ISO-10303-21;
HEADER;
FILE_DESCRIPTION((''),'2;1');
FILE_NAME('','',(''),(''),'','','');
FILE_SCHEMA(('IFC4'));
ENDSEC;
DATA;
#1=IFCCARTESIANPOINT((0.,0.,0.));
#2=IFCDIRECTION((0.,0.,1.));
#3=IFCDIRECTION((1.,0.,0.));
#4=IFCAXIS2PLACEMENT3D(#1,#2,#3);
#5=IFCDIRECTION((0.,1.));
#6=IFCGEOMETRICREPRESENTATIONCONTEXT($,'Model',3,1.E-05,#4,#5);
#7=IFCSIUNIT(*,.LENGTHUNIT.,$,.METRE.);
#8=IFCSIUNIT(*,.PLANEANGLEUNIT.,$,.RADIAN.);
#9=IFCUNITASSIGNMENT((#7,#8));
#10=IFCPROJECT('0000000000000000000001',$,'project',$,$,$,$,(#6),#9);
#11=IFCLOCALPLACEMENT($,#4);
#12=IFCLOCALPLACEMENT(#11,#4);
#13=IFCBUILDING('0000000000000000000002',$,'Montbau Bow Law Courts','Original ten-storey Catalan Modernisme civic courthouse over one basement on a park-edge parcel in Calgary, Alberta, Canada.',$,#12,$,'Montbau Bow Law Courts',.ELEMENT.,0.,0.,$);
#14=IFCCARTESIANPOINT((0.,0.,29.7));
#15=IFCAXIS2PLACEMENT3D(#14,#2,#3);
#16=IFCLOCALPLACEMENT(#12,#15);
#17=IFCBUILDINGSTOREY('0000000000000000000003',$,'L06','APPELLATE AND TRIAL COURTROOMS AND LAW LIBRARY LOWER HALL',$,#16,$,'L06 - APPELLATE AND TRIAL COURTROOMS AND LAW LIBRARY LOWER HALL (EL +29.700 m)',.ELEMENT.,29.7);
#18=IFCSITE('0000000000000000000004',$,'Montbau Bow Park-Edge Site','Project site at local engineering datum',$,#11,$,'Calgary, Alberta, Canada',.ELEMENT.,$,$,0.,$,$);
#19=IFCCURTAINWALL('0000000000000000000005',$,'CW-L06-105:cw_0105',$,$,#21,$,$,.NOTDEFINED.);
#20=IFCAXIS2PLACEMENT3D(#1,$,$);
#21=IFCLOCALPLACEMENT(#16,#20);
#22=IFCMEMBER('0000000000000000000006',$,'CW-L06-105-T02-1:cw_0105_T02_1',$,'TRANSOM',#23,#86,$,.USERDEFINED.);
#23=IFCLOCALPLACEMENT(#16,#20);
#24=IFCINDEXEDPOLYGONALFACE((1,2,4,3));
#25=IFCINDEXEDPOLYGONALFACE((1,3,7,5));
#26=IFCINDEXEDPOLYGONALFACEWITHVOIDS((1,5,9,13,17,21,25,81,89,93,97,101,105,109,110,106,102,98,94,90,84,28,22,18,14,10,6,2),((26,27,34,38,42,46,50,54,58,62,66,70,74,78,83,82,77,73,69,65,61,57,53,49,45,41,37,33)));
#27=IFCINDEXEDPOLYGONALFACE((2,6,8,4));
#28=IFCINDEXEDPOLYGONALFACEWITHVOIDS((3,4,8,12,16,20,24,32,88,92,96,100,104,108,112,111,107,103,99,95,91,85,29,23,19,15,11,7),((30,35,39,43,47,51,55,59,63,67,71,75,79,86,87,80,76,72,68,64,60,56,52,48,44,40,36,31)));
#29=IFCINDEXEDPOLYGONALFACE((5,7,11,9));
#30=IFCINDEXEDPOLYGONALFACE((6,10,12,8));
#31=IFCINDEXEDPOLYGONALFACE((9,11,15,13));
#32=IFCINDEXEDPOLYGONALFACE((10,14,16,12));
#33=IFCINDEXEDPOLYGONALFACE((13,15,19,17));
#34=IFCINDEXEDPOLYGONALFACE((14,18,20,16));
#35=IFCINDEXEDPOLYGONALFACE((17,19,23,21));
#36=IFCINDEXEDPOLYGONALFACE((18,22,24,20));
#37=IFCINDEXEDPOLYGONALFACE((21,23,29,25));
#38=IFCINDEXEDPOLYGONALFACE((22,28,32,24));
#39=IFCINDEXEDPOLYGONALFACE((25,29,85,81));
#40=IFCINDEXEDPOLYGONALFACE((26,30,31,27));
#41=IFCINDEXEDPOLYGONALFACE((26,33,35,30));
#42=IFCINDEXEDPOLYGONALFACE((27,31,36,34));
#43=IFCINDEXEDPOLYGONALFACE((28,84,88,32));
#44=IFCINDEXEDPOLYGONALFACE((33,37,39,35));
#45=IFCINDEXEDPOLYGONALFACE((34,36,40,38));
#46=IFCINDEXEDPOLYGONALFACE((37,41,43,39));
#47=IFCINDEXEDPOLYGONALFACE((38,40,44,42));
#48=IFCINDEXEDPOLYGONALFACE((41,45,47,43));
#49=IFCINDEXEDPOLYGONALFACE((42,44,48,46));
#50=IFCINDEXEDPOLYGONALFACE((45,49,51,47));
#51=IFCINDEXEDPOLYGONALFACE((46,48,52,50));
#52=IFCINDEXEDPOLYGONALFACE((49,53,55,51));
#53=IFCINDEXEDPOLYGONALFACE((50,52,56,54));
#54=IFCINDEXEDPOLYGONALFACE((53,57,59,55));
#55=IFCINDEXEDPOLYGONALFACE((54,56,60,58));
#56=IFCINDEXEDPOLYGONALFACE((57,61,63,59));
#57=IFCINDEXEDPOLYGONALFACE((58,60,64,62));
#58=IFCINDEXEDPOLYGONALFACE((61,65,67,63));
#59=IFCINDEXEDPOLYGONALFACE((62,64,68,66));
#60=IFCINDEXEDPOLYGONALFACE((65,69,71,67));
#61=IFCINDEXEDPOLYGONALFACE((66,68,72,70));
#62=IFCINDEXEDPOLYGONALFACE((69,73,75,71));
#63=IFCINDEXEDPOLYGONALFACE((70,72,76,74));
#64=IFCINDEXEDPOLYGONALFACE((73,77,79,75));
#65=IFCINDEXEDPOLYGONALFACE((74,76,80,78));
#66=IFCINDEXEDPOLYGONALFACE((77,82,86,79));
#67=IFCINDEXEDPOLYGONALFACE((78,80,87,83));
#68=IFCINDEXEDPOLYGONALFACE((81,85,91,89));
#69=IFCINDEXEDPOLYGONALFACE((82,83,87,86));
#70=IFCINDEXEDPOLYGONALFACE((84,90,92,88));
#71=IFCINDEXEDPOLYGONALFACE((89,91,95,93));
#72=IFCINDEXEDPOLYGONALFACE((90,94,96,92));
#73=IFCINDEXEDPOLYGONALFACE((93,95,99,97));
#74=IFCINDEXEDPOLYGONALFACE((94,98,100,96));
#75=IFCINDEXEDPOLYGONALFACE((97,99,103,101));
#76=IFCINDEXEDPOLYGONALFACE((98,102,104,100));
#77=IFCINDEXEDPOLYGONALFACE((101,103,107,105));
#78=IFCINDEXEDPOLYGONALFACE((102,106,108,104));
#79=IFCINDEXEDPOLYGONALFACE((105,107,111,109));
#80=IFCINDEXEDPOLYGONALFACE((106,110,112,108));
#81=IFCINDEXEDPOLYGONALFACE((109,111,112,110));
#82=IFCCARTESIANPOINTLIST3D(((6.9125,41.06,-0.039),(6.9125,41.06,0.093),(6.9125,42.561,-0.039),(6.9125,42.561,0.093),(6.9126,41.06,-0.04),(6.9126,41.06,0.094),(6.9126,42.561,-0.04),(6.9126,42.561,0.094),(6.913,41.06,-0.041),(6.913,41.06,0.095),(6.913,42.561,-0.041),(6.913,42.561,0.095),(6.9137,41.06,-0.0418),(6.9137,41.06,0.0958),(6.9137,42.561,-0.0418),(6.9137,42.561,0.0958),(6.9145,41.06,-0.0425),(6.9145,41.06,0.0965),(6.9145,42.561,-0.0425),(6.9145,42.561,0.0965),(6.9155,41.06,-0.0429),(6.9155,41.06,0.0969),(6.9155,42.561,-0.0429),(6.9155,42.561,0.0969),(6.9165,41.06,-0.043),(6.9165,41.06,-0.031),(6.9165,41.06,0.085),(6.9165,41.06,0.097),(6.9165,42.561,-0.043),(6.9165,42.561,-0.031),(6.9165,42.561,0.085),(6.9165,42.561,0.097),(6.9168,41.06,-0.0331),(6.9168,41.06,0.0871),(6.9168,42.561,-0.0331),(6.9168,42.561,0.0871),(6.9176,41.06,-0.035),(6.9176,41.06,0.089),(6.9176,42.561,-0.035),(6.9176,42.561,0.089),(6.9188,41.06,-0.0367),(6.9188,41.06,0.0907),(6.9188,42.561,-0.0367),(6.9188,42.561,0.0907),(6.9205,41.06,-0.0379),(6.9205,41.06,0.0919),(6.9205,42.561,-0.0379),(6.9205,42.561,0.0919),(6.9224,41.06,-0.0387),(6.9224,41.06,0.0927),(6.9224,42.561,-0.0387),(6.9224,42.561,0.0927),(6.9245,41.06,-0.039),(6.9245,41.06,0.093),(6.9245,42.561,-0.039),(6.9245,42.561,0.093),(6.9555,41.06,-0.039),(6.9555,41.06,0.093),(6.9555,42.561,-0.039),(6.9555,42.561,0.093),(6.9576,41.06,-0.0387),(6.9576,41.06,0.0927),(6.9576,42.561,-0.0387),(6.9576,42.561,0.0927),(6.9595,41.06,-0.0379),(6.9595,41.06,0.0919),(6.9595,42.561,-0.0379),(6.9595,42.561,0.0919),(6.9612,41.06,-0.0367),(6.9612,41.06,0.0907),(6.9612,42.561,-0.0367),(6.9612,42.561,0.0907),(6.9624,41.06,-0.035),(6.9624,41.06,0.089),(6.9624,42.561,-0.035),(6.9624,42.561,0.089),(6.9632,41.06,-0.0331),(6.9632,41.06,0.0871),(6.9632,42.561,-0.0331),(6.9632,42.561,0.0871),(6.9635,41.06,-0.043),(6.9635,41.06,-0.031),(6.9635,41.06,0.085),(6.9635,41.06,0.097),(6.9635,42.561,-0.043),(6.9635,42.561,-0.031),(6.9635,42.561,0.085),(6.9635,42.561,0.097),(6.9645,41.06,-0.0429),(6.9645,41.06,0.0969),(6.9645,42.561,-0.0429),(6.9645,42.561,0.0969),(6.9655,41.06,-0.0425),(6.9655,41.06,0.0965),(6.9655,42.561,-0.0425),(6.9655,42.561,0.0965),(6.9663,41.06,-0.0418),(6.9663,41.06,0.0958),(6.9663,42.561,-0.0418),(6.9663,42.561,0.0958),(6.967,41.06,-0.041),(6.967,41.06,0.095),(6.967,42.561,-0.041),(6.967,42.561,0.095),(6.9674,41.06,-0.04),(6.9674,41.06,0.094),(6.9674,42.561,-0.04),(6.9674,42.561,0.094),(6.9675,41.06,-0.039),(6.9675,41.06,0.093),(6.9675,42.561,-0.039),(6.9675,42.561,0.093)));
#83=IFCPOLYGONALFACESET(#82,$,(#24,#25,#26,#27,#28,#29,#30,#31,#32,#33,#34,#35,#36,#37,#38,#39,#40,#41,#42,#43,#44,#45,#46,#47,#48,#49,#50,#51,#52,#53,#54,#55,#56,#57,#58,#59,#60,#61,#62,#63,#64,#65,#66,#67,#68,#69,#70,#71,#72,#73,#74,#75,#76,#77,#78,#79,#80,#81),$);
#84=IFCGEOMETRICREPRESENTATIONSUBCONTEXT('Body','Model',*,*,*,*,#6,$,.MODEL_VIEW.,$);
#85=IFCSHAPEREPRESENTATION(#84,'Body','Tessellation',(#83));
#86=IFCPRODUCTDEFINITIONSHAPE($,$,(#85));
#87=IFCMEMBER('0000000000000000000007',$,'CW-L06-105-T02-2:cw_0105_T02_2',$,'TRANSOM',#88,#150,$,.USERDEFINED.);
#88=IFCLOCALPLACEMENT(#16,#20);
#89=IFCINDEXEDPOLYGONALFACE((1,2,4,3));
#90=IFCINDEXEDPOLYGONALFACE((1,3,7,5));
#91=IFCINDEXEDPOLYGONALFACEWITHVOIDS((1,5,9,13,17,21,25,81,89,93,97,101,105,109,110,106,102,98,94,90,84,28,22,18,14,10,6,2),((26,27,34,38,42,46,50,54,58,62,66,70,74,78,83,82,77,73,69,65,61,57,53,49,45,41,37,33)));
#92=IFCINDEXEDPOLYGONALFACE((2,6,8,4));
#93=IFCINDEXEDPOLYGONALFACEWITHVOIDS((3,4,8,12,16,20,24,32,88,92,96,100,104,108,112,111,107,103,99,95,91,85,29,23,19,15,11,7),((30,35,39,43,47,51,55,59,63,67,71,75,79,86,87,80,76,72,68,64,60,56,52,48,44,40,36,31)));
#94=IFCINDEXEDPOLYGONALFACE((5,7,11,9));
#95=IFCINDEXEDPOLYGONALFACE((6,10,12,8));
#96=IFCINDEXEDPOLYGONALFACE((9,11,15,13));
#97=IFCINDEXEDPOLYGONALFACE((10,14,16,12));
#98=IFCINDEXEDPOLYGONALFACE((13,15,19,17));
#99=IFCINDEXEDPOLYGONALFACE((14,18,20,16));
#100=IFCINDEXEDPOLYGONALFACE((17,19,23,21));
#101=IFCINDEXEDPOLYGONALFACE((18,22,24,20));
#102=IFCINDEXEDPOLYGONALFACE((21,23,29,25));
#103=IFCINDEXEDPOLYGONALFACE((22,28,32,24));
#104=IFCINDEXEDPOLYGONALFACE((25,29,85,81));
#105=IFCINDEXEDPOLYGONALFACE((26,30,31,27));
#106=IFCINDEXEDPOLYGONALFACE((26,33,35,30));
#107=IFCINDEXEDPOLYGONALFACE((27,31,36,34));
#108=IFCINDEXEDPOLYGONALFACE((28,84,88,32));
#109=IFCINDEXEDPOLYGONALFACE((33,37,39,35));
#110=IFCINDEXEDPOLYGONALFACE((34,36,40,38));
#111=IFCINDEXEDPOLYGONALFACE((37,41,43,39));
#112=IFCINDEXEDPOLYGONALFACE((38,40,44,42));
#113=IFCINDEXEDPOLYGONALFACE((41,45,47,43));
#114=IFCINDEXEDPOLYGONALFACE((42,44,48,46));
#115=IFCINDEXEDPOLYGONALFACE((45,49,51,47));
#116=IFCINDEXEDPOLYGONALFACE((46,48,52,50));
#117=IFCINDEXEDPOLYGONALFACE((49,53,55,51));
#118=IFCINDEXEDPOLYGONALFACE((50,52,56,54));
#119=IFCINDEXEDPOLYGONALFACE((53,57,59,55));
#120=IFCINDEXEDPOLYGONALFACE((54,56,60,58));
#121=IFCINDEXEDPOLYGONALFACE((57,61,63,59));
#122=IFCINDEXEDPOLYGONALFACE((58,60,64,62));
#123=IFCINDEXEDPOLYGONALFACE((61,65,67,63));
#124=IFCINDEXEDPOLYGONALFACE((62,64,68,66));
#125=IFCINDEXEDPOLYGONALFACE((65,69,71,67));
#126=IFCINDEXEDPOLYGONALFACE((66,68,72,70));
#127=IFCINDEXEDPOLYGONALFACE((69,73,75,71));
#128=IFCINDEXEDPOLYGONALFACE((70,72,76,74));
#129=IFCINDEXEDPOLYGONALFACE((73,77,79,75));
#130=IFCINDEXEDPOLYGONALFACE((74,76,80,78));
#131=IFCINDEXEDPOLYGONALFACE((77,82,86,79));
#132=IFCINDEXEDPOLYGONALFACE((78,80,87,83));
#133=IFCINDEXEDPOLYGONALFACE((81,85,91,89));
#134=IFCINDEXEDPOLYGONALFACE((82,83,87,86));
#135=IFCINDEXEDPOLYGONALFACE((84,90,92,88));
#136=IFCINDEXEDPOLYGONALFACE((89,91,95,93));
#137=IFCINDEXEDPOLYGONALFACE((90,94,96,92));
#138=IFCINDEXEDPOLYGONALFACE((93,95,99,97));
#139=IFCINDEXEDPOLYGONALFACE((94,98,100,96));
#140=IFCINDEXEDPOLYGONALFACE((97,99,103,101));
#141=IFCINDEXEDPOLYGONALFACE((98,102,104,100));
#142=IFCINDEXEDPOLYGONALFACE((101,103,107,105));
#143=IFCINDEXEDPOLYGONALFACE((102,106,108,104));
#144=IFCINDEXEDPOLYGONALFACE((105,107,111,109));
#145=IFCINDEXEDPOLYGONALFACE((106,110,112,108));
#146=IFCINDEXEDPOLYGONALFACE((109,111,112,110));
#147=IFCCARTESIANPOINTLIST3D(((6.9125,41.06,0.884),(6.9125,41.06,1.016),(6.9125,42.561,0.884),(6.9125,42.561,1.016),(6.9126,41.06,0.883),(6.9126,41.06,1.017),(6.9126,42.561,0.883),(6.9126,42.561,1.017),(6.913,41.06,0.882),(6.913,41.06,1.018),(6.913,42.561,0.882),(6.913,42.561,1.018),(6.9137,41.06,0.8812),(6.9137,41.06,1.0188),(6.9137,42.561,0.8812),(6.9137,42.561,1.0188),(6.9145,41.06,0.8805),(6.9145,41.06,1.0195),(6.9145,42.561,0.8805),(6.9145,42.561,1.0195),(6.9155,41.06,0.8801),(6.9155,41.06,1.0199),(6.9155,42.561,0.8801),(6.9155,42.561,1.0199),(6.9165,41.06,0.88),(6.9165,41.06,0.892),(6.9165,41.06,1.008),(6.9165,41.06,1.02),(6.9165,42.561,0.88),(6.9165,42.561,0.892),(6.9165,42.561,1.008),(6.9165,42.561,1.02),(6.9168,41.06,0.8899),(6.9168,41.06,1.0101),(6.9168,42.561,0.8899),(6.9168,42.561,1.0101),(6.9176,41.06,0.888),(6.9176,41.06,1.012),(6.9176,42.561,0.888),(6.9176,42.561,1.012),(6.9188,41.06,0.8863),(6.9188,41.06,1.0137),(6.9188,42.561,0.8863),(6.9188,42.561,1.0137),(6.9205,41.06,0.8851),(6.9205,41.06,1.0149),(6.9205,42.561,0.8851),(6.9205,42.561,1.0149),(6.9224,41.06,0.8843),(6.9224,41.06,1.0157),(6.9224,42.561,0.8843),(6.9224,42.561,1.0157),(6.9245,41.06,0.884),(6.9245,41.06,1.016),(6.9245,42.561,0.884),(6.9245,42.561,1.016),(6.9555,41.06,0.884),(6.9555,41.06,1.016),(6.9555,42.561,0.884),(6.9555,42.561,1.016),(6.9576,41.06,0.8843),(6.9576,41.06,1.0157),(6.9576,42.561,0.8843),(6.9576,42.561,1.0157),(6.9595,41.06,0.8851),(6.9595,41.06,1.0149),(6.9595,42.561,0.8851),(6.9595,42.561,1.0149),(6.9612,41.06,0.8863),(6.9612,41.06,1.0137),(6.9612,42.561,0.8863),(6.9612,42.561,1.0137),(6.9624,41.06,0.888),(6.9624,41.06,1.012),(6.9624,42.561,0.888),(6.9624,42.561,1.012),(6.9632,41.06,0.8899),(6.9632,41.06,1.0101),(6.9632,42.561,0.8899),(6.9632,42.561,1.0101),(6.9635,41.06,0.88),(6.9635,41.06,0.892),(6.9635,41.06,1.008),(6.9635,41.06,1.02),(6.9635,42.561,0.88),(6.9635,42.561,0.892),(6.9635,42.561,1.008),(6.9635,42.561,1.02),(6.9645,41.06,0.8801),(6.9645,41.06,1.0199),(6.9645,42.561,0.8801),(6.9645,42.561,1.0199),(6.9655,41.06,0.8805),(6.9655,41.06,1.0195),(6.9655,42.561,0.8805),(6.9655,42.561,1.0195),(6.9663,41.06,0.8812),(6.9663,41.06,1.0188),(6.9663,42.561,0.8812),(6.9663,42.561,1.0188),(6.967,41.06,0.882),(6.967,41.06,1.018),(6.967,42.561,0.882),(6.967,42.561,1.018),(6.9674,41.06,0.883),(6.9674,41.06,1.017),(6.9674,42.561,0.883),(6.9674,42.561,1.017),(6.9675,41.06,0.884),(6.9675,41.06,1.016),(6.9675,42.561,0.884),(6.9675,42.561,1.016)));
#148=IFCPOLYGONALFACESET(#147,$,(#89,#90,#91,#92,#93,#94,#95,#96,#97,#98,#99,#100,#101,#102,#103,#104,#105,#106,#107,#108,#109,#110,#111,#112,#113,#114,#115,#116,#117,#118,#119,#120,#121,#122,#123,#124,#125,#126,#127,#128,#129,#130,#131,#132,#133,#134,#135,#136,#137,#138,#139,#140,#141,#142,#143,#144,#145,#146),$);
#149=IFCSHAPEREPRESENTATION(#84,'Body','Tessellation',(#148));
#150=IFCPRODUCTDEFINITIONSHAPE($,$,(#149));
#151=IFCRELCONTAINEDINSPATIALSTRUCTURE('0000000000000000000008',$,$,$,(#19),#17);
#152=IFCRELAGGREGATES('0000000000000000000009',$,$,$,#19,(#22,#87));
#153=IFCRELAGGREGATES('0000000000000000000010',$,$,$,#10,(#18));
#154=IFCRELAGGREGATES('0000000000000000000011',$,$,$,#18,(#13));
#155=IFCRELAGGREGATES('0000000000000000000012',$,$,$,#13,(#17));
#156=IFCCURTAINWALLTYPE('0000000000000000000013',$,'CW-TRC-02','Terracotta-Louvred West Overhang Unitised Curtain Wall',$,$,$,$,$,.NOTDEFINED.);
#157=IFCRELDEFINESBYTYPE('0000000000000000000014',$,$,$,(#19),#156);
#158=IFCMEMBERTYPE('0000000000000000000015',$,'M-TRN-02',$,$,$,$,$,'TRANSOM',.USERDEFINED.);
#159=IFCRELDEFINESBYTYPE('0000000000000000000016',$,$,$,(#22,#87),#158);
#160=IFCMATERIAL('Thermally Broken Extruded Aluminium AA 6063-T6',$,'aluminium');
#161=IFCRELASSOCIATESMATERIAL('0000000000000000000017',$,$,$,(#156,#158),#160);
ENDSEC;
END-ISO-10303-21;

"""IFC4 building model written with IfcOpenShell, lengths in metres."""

from ifc_helpers import new_model, si_unit, direction, frame, origin_with_axes, origin_2d_with_axis, place, context, subcontext, project, spatial, hollow_rectangle, extrude, material, material_profile, profile_set, type_object, element, aggregate, save


model = new_model("IFC4")

# Units and contexts
model_context = context("Model", 3, precision=1e-05, world=origin_with_axes(), true_north=direction((0.0, 1.0)))
body_context = subcontext(model_context, "Body", "Model", "MODEL_VIEW")
ifc_project = project(units=[si_unit("LENGTHUNIT", "METRE"), si_unit("PLANEANGLEUNIT", "RADIAN")], contexts=[model_context])

# Site, building, storey
site_placement = place(None, origin_with_axes())
site = spatial("IfcSite", under=ifc_project, at=site_placement, Name="Montbau Bow Park-Edge Site", Description="Project site at local engineering datum", LongName="Calgary, Alberta, Canada", CompositionType="ELEMENT", RefElevation=0.0)
building_placement = place(site_placement, origin_with_axes())
building = spatial("IfcBuilding", under=site, at=building_placement, Name="Montbau Bow Law Courts", Description="Original ten-storey Catalan Modernisme civic courthouse over one basement on a park-edge parcel in Calgary, Alberta, Canada.", LongName="Montbau Bow Law Courts", CompositionType="ELEMENT", ElevationOfRefHeight=0.0, ElevationOfTerrain=0.0)
storey_placement = place(building_placement, frame((0.0, 0.0, 29.7), z_axis=(0.0, 0.0, 1.0), x_axis=(1.0, 0.0, 0.0)))
storey = spatial("IfcBuildingStorey", under=building, at=storey_placement, Name="L06", Description="APPELLATE AND TRIAL COURTROOMS AND LAW LIBRARY LOWER HALL", LongName="L06 - APPELLATE AND TRIAL COURTROOMS AND LAW LIBRARY LOWER HALL (EL +29.700 m)", CompositionType="ELEMENT", Elevation=29.7)

# Curtain wall
ifc_material_1 = material(Name="Thermally Broken Extruded Aluminium AA 6063-T6", Category="aluminium")
curtain_wall_type = type_object("IfcCurtainWallType", Name="CW-TRC-02", Description="Terracotta-Louvred West Overhang Unitised Curtain Wall", PredefinedType="NOTDEFINED", material=ifc_material_1)
curtain_wall_1_placement = place(None, frame((6.94, 39.44, 29.7), z_axis=(0.0, 0.0, 1.0), x_axis=(1.0, 0.0, 0.0)))
curtain_wall_1 = element("IfcCurtainWall", 1, at=curtain_wall_1_placement, inside=storey, type_object=curtain_wall_type, Name="CW-L06-105:cw_0105", PredefinedType="NOTDEFINED")

# Members
ifc_material_profile_1 = material_profile(ifc_material_1, hollow_rectangle(XDim=0.055, YDim=0.14, WallThickness=0.004, InnerFilletRadius=0.008, OuterFilletRadius=0.004, at=origin_2d_with_axis()), Name="CWT-140X55", Category="Main", Priority=0)
ifc_profile_set_1 = profile_set([ifc_material_profile_1], Name="Thermally Broken Extruded Aluminium AA 6063-T6")
member_type_1 = type_object("IfcMemberType", Name="M-TRN-02", ElementType="TRANSOM", PredefinedType="USERDEFINED", material=ifc_profile_set_1)
member_1_placement = place(None, frame((6.94, 41.06, 29.727), z_axis=(0.0, 1.0, 0.0), x_axis=(-1.0, 0.0, 0.0)))
member_1 = element("IfcMember", 2, at=member_1_placement, type_object=member_type_1, Name="CW-L06-105-T02-1:cw_0105_T02_1", ObjectType="TRANSOM", PredefinedType="USERDEFINED", context=body_context, shape_type="SweptSolid", body=[
    extrude(hollow_rectangle(XDim=0.055, YDim=0.14, WallThickness=0.004, InnerFilletRadius=0.008, OuterFilletRadius=0.004, at=origin_2d_with_axis()), origin_with_axes(), (0.0, 0.0, 1.0), 1.501),
])
member_2_placement = place(None, frame((6.94, 41.06, 30.65), z_axis=(0.0, 1.0, 0.0), x_axis=(-1.0, 0.0, 0.0)))
member_2 = element("IfcMember", 3, at=member_2_placement, type_object=member_type_1, Name="CW-L06-105-T02-2:cw_0105_T02_2", ObjectType="TRANSOM", PredefinedType="USERDEFINED", context=body_context, shape_type="SweptSolid", body=[
    extrude(hollow_rectangle(XDim=0.055, YDim=0.14, WallThickness=0.004, InnerFilletRadius=0.008, OuterFilletRadius=0.004, at=origin_2d_with_axis()), origin_with_axes(), (0.0, 0.0, 1.0), 1.501),
])

aggregate(curtain_wall_1, [member_1, member_2])

save(model, "model.ifc")
